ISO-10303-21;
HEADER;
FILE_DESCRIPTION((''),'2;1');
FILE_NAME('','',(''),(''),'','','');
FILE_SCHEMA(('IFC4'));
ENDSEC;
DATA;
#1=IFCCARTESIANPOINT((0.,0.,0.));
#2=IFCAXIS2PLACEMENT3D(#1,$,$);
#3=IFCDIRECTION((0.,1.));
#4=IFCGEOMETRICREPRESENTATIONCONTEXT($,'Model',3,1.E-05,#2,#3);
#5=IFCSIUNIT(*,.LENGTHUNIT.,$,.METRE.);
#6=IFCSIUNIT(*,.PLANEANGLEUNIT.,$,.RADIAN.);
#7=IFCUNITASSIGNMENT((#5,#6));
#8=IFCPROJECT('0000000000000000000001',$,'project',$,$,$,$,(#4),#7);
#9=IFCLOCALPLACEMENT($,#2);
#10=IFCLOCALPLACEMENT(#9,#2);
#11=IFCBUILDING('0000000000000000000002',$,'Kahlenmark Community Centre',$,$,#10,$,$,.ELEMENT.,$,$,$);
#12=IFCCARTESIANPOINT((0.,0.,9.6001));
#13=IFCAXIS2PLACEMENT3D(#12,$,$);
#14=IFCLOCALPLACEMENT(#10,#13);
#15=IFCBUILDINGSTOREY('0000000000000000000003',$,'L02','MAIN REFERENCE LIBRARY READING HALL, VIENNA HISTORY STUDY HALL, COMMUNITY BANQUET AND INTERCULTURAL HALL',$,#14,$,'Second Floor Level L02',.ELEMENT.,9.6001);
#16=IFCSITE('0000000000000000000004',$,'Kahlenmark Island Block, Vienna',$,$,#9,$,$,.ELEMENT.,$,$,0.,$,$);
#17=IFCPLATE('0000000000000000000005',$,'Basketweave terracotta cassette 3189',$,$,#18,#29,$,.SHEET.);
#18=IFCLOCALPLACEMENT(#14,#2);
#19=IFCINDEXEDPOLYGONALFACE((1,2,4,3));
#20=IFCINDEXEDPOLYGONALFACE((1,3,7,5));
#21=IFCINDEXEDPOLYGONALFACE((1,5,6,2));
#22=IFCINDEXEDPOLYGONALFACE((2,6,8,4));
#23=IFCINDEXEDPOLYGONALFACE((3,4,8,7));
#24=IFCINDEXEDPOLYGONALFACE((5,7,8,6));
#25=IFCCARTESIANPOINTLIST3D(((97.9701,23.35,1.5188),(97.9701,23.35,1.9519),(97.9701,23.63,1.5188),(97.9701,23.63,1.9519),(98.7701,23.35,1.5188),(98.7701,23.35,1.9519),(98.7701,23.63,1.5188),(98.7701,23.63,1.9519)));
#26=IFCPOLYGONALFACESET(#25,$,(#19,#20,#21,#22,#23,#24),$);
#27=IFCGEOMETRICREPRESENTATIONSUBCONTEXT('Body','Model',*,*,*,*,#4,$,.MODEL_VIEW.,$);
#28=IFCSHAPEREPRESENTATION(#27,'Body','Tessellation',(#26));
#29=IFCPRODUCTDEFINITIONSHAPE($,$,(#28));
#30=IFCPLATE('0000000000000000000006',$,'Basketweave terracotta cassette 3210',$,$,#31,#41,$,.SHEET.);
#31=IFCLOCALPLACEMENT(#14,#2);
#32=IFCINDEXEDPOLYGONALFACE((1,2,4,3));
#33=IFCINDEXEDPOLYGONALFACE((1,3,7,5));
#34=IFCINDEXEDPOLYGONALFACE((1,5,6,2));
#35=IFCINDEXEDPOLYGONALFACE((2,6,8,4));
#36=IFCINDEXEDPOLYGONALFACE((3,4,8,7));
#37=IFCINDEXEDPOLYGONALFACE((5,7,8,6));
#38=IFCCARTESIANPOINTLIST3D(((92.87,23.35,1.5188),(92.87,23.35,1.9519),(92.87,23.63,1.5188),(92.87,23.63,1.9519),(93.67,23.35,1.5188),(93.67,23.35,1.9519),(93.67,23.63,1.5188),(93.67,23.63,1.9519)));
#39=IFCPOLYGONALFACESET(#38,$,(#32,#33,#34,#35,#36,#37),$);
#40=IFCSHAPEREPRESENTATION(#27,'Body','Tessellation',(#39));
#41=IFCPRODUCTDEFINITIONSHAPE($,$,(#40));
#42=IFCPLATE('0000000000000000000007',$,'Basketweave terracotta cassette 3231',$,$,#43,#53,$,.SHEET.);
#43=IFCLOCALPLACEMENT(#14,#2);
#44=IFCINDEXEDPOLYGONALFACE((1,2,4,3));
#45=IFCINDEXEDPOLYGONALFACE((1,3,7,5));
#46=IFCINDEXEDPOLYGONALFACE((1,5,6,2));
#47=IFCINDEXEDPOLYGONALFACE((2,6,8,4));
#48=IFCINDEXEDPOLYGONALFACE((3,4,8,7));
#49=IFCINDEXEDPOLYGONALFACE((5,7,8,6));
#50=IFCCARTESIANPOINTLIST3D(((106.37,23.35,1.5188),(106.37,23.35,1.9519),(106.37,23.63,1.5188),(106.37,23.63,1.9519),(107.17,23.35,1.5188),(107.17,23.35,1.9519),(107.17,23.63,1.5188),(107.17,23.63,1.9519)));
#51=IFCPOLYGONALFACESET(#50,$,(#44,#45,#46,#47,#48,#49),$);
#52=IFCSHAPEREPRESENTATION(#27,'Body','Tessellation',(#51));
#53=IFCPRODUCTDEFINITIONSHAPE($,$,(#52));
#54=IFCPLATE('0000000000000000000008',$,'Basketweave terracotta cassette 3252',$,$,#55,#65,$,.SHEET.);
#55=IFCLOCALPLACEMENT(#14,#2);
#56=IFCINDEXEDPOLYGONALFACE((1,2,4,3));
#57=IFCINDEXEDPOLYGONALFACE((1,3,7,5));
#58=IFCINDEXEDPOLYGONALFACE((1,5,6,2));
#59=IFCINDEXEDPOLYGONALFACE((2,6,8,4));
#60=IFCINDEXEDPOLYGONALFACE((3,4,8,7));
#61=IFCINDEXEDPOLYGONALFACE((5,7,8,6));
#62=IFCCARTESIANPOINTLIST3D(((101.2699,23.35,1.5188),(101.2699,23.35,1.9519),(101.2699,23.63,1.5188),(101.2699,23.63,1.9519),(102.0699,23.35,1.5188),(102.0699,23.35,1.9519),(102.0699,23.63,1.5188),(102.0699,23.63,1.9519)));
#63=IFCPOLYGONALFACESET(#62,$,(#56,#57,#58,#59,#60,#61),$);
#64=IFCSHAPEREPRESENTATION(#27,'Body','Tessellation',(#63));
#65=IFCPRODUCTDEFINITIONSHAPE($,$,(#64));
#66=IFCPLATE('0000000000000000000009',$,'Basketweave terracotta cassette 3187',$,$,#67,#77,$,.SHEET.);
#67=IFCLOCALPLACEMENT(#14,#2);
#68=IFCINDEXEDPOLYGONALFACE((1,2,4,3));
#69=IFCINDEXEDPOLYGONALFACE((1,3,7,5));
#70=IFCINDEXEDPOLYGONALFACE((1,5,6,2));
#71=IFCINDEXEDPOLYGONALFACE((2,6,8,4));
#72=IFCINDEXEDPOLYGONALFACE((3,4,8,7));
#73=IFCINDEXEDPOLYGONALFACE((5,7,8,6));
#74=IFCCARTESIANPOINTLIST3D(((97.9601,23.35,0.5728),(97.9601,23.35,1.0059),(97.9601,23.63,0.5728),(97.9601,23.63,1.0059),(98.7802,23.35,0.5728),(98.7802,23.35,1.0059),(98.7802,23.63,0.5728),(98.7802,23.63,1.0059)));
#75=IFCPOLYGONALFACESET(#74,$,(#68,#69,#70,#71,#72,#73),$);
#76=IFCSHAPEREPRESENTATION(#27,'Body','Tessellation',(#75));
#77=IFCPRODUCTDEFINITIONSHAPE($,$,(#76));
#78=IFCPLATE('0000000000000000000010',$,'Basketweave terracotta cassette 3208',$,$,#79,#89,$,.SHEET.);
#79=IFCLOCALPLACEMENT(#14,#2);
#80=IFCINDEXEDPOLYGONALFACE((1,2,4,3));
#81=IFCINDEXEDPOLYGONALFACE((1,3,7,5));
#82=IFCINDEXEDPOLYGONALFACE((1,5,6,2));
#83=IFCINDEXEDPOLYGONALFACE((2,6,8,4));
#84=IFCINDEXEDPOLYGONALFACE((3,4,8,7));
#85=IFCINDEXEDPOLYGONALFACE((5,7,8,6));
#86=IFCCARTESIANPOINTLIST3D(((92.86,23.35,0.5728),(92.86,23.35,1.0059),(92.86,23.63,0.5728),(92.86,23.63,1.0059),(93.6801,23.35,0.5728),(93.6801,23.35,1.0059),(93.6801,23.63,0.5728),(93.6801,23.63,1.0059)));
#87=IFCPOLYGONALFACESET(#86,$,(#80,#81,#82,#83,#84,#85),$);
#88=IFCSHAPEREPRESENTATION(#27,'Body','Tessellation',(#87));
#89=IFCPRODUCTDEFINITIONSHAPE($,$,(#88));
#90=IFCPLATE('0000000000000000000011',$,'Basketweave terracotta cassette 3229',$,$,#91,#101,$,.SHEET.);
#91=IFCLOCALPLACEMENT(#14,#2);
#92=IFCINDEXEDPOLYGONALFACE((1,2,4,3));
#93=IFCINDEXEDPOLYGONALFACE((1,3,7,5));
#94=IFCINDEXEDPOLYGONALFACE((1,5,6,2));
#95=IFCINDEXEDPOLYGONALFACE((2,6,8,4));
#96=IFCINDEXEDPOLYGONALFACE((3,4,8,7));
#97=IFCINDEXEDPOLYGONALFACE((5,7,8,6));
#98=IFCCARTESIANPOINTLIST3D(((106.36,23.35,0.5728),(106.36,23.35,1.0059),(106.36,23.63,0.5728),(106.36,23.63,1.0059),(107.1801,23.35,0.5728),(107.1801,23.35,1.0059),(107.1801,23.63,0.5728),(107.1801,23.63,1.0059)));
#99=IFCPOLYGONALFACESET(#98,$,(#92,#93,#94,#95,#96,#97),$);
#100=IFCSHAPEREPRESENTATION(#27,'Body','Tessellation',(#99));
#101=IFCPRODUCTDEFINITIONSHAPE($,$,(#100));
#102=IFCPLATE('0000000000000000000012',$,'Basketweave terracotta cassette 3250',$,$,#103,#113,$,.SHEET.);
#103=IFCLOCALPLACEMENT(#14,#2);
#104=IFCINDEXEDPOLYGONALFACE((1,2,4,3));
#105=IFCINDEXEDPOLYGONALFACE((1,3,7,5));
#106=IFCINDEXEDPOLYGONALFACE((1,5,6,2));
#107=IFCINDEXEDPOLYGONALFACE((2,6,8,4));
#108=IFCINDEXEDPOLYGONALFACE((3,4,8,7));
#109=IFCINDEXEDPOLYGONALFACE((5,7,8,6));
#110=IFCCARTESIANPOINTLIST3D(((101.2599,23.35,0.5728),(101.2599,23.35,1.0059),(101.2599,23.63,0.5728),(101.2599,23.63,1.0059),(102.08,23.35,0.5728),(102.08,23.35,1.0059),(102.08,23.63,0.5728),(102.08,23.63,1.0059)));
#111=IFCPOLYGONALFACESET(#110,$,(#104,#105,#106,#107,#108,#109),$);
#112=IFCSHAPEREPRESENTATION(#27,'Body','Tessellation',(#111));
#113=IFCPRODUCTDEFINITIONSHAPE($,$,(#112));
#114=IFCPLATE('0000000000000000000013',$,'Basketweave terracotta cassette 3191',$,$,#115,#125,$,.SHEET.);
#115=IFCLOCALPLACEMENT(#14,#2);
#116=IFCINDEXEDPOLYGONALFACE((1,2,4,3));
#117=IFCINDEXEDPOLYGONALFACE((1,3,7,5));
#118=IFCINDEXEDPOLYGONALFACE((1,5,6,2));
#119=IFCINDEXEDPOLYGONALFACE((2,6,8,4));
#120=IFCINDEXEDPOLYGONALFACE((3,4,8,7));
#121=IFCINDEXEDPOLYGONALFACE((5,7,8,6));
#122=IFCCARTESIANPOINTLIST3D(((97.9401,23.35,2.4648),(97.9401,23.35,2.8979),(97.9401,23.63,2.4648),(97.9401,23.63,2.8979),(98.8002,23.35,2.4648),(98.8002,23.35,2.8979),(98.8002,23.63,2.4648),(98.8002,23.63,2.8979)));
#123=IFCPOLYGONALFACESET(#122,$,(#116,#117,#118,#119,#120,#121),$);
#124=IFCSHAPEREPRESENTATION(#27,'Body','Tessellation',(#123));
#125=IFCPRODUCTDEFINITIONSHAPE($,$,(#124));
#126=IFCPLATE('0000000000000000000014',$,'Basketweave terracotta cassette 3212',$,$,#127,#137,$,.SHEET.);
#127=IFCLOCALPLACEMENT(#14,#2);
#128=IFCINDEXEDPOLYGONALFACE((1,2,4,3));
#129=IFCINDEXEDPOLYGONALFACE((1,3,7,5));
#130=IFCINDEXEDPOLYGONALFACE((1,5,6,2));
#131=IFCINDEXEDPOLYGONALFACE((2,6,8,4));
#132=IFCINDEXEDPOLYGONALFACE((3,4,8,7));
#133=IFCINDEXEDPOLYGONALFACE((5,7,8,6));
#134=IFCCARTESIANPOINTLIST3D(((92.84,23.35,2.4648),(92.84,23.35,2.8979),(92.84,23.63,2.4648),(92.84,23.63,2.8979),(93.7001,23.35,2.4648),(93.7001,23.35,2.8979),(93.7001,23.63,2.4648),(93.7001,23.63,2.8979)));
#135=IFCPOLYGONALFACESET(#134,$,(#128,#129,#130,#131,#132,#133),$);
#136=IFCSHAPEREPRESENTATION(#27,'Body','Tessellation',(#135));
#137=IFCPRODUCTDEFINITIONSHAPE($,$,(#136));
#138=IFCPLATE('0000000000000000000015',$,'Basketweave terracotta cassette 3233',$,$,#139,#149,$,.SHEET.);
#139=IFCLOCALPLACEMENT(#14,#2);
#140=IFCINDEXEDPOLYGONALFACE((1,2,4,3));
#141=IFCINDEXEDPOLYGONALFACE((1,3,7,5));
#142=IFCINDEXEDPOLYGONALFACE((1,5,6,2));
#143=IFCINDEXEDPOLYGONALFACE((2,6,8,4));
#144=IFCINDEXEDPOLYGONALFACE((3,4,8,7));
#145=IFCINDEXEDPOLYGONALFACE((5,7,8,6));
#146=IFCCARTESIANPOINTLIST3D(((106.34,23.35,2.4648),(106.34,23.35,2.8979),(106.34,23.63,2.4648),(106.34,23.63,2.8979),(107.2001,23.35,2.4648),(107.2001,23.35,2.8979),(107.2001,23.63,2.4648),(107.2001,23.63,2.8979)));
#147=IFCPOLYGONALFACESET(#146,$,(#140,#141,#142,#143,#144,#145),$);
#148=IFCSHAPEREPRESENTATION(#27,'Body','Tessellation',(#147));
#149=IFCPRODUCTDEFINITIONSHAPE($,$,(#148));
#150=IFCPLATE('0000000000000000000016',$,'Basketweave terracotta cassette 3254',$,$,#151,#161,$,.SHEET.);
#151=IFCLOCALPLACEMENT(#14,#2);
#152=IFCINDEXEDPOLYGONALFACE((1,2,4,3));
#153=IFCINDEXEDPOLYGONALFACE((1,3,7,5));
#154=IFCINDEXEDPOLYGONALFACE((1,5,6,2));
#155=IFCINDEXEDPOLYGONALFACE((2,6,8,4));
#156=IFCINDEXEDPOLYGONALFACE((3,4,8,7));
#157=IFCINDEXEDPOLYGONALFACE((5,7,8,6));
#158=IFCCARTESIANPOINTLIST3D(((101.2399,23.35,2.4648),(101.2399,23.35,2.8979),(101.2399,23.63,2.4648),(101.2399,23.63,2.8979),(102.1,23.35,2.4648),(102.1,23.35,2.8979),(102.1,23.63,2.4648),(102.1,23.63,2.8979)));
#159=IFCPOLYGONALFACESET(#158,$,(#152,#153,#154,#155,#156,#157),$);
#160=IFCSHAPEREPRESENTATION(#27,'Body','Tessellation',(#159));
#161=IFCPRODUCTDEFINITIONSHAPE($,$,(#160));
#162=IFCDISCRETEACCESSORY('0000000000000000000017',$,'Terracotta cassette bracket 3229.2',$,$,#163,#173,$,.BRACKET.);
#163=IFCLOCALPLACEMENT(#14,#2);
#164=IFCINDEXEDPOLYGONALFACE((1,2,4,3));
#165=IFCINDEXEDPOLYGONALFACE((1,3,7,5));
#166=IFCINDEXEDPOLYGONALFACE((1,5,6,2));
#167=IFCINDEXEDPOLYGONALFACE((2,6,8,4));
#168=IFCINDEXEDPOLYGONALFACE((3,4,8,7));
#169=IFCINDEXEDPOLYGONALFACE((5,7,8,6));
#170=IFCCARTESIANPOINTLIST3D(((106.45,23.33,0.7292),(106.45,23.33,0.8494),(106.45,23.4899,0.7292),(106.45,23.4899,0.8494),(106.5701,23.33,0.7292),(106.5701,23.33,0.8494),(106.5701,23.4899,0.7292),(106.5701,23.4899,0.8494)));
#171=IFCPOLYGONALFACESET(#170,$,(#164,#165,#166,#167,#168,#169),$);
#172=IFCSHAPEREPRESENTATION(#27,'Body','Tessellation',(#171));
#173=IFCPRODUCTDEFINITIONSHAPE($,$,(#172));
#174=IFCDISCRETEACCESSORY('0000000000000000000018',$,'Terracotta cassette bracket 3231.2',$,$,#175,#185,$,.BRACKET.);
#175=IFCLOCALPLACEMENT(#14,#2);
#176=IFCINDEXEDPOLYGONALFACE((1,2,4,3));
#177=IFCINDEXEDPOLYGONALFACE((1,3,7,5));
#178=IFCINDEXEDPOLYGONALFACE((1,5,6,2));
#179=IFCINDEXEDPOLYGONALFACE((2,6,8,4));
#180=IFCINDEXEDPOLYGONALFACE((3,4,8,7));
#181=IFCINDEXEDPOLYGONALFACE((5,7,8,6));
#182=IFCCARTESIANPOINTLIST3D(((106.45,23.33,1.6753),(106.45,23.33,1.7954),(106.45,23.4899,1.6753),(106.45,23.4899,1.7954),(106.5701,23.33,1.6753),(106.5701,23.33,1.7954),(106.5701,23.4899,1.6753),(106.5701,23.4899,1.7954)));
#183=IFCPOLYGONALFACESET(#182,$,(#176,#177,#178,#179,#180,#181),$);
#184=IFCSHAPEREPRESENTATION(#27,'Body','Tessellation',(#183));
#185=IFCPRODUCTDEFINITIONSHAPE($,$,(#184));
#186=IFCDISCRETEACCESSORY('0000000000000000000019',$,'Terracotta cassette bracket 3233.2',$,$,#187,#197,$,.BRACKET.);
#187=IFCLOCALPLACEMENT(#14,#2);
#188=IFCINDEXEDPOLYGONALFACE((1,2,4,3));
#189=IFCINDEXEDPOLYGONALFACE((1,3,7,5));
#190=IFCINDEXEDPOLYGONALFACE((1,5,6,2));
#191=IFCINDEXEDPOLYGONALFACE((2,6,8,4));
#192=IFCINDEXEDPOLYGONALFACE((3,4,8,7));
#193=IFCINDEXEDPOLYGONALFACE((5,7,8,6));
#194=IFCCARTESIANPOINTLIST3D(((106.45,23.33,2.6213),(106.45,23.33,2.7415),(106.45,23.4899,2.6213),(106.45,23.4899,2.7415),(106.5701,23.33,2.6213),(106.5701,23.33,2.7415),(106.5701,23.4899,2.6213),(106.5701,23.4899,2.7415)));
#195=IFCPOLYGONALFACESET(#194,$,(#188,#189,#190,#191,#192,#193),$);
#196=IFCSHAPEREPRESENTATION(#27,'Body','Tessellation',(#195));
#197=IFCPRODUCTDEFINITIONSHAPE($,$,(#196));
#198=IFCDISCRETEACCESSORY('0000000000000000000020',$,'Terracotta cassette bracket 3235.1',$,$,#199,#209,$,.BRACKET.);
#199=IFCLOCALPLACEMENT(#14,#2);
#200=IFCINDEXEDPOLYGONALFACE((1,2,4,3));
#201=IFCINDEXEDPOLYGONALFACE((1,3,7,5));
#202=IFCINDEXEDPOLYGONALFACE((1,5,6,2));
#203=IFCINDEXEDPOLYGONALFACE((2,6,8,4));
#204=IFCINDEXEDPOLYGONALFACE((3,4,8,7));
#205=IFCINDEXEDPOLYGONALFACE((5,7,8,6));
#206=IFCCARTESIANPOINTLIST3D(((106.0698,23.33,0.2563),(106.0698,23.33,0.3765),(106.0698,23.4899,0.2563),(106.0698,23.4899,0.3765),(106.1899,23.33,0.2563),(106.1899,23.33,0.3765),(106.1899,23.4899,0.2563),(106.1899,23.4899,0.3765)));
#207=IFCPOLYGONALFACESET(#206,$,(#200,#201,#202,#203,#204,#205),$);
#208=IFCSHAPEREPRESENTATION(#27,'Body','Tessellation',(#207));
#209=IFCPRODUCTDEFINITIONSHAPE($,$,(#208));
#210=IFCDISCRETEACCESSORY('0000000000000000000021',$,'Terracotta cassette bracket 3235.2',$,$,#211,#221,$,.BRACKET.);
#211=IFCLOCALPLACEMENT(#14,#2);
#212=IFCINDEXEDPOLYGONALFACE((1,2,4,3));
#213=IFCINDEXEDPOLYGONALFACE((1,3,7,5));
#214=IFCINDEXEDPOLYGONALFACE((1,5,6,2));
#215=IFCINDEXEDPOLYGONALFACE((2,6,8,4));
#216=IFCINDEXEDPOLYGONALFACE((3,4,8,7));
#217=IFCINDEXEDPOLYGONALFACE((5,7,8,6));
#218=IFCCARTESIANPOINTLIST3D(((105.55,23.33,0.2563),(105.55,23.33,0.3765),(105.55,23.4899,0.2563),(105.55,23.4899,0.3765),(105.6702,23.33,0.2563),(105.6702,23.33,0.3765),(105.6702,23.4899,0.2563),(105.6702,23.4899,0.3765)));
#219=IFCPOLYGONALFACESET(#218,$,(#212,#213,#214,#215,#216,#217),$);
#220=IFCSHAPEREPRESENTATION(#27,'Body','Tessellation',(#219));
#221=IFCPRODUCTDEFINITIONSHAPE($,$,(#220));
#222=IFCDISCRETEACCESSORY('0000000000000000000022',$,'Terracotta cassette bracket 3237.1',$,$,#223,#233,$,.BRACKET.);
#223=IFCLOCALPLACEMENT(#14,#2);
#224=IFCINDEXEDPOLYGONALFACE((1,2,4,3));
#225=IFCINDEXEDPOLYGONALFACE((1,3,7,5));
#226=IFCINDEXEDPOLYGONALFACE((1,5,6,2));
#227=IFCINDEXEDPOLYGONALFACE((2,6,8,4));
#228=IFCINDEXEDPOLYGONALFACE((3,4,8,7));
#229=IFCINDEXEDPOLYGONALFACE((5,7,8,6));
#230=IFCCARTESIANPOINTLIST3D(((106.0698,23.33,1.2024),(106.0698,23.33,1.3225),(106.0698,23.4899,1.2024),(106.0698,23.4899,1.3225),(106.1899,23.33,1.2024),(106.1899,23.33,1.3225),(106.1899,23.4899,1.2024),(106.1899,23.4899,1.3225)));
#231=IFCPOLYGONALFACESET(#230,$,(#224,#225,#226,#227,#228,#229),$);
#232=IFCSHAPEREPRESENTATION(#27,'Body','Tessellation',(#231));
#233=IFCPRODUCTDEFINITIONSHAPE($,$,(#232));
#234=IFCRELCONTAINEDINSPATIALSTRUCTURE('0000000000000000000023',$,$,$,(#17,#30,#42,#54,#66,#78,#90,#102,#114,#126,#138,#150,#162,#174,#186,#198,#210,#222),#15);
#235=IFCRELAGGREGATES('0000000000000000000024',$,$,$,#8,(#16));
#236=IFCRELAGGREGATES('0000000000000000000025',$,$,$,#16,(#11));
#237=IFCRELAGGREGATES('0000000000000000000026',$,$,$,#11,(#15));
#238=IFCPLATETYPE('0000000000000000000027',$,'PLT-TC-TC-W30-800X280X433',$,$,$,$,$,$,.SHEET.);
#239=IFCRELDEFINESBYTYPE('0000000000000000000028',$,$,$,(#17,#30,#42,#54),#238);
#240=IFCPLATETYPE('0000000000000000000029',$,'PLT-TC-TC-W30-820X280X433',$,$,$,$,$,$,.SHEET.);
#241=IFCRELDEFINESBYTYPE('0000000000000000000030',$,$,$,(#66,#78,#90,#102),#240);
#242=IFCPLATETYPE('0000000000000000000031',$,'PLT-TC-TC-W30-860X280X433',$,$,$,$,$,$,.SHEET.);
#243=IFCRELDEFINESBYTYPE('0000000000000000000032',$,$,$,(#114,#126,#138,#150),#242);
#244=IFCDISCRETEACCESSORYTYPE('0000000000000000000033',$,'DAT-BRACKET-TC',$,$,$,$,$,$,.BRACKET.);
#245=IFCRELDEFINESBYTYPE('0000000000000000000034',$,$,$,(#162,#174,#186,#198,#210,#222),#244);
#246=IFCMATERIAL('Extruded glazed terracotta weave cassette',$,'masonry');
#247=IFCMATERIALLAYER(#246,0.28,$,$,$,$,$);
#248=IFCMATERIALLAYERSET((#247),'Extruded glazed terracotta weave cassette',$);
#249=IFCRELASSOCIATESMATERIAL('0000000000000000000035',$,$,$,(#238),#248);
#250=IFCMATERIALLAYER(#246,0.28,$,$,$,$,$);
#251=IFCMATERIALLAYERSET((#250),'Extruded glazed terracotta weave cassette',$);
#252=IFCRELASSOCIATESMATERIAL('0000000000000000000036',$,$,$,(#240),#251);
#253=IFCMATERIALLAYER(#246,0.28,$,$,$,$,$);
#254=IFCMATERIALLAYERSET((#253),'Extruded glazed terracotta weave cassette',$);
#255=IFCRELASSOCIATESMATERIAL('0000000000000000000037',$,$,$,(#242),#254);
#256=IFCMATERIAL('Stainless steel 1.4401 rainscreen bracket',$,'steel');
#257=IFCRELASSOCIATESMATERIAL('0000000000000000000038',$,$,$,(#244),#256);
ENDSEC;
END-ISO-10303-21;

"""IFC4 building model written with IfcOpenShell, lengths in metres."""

from ifc_helpers import new_model, si_unit, direction, frame, origin, origin_2d, place, context, subcontext, project, spatial, rectangle, extrude, material, layer, layer_set, type_object, element, save


model = new_model("IFC4")

# Units and contexts
model_context = context("Model", 3, precision=1e-05, world=origin(), true_north=direction((0.0, 1.0)))
body_context = subcontext(model_context, "Body", "Model", "MODEL_VIEW")
ifc_project = project(units=[si_unit("LENGTHUNIT", "METRE"), si_unit("PLANEANGLEUNIT", "RADIAN")], contexts=[model_context])

# Site, building, storey
site_placement = place(None, origin())
site = spatial("IfcSite", under=ifc_project, at=site_placement, Name="Kahlenmark Island Block, Vienna", CompositionType="ELEMENT", RefElevation=0.0)
building_placement = place(site_placement, origin())
building = spatial("IfcBuilding", under=site, at=building_placement, Name="Kahlenmark Community Centre", CompositionType="ELEMENT")
storey_placement = place(building_placement, frame((0.0, 0.0, 9.6001)))
storey = spatial("IfcBuildingStorey", under=building, at=storey_placement, Name="L02", Description="MAIN REFERENCE LIBRARY READING HALL, VIENNA HISTORY STUDY HALL, COMMUNITY BANQUET AND INTERCULTURAL HALL", LongName="Second Floor Level L02", CompositionType="ELEMENT", Elevation=9.6001)

# Plates
ifc_material_1 = material(Name="Extruded glazed terracotta weave cassette", Category="masonry")
ifc_layer_1 = layer(ifc_material_1, 0.28)
ifc_layer_set_1 = layer_set([ifc_layer_1], Name="Extruded glazed terracotta weave cassette")
plate_type_1 = type_object("IfcPlateType", Name="PLT-TC-TC-W30-800X280X433", PredefinedType="SHEET", material=ifc_layer_set_1)
for number, where, z_axis, x_axis, name in (
    (1, (98.3701, 23.49, 1.5188), (0.0, 0.0, 1.0), (-1.0, 0.0, 0.0), "Basketweave terracotta cassette 3189"),
    (2, (93.27, 23.49, 1.5188), (0.0, 0.0, 1.0), (-1.0, 0.0, 0.0), "Basketweave terracotta cassette 3210"),
    (3, (106.77, 23.49, 1.5188), (0.0, 0.0, 1.0), (-1.0, 0.0, 0.0), "Basketweave terracotta cassette 3231"),
    (4, (101.6699, 23.49, 1.5188), (0.0, 0.0, 1.0), (-1.0, 0.0, 0.0), "Basketweave terracotta cassette 3252"),
):
    element("IfcPlate", number, at=place(storey_placement, frame(where, z_axis=z_axis, x_axis=x_axis)), inside=storey, type_object=plate_type_1, Name=name, PredefinedType="SHEET", context=body_context, shape_type="SweptSolid", body=[
        extrude(rectangle(XDim=0.8, YDim=0.28, at=origin_2d()), origin(), (0.0, 0.0, 1.0), 0.4331),
    ])
ifc_layer_2 = layer(ifc_material_1, 0.28)
ifc_layer_set_2 = layer_set([ifc_layer_2], Name="Extruded glazed terracotta weave cassette")
plate_type_2 = type_object("IfcPlateType", Name="PLT-TC-TC-W30-820X280X433", PredefinedType="SHEET", material=ifc_layer_set_2)
for number, where, z_axis, x_axis, name in (
    (5, (98.3701, 23.49, 0.5728), (0.0, 0.0, 1.0), (-1.0, 0.0, 0.0), "Basketweave terracotta cassette 3187"),
    (6, (93.27, 23.49, 0.5728), (0.0, 0.0, 1.0), (-1.0, 0.0, 0.0), "Basketweave terracotta cassette 3208"),
    (7, (106.77, 23.49, 0.5728), (0.0, 0.0, 1.0), (-1.0, 0.0, 0.0), "Basketweave terracotta cassette 3229"),
    (8, (101.6699, 23.49, 0.5728), (0.0, 0.0, 1.0), (-1.0, 0.0, 0.0), "Basketweave terracotta cassette 3250"),
):
    element("IfcPlate", number, at=place(storey_placement, frame(where, z_axis=z_axis, x_axis=x_axis)), inside=storey, type_object=plate_type_2, Name=name, PredefinedType="SHEET", context=body_context, shape_type="SweptSolid", body=[
        extrude(rectangle(XDim=0.8201, YDim=0.28, at=origin_2d()), origin(), (0.0, 0.0, 1.0), 0.4331),
    ])
ifc_layer_3 = layer(ifc_material_1, 0.28)
ifc_layer_set_3 = layer_set([ifc_layer_3], Name="Extruded glazed terracotta weave cassette")
plate_type_3 = type_object("IfcPlateType", Name="PLT-TC-TC-W30-860X280X433", PredefinedType="SHEET", material=ifc_layer_set_3)
for number, where, z_axis, x_axis, name in (
    (9, (98.3701, 23.49, 2.4648), (0.0, 0.0, 1.0), (-1.0, 0.0, 0.0), "Basketweave terracotta cassette 3191"),
    (10, (93.27, 23.49, 2.4648), (0.0, 0.0, 1.0), (-1.0, 0.0, 0.0), "Basketweave terracotta cassette 3212"),
    (11, (106.77, 23.49, 2.4648), (0.0, 0.0, 1.0), (-1.0, 0.0, 0.0), "Basketweave terracotta cassette 3233"),
    (12, (101.6699, 23.49, 2.4648), (0.0, 0.0, 1.0), (-1.0, 0.0, 0.0), "Basketweave terracotta cassette 3254"),
):
    element("IfcPlate", number, at=place(storey_placement, frame(where, z_axis=z_axis, x_axis=x_axis)), inside=storey, type_object=plate_type_3, Name=name, PredefinedType="SHEET", context=body_context, shape_type="SweptSolid", body=[
        extrude(rectangle(XDim=0.8601, YDim=0.28, at=origin_2d()), origin(), (0.0, 0.0, 1.0), 0.4331),
    ])

# Discrete accessories
ifc_material_2 = material(Name="Stainless steel 1.4401 rainscreen bracket", Category="steel")
discrete_accessory_type = type_object("IfcDiscreteAccessoryType", Name="DAT-BRACKET-TC", PredefinedType="BRACKET", material=ifc_material_2)
for number, where, z_axis, x_axis, name in (
    (13, (106.51, 23.4099, 0.7292), (0.0, 0.0, 1.0), (-1.0, 0.0, 0.0), "Terracotta cassette bracket 3229.2"),
    (14, (106.51, 23.4099, 1.6753), (0.0, 0.0, 1.0), (-1.0, 0.0, 0.0), "Terracotta cassette bracket 3231.2"),
    (15, (106.51, 23.4099, 2.6213), (0.0, 0.0, 1.0), (-1.0, 0.0, 0.0), "Terracotta cassette bracket 3233.2"),
    (16, (106.1299, 23.4099, 0.2563), (0.0, 0.0, 1.0), (-1.0, 0.0, 0.0), "Terracotta cassette bracket 3235.1"),
    (17, (105.6101, 23.4099, 0.2563), (0.0, 0.0, 1.0), (-1.0, 0.0, 0.0), "Terracotta cassette bracket 3235.2"),
    (18, (106.1299, 23.4099, 1.2024), (0.0, 0.0, 1.0), (-1.0, 0.0, 0.0), "Terracotta cassette bracket 3237.1"),
):
    element("IfcDiscreteAccessory", number, at=place(storey_placement, frame(where, z_axis=z_axis, x_axis=x_axis)), inside=storey, type_object=discrete_accessory_type, Name=name, PredefinedType="BRACKET", context=body_context, shape_type="SweptSolid", body=[
        extrude(rectangle(XDim=0.1201, YDim=0.1599, at=origin_2d()), origin(), (0.0, 0.0, 1.0), 0.1201),
    ])

save(model, "model.ifc")
